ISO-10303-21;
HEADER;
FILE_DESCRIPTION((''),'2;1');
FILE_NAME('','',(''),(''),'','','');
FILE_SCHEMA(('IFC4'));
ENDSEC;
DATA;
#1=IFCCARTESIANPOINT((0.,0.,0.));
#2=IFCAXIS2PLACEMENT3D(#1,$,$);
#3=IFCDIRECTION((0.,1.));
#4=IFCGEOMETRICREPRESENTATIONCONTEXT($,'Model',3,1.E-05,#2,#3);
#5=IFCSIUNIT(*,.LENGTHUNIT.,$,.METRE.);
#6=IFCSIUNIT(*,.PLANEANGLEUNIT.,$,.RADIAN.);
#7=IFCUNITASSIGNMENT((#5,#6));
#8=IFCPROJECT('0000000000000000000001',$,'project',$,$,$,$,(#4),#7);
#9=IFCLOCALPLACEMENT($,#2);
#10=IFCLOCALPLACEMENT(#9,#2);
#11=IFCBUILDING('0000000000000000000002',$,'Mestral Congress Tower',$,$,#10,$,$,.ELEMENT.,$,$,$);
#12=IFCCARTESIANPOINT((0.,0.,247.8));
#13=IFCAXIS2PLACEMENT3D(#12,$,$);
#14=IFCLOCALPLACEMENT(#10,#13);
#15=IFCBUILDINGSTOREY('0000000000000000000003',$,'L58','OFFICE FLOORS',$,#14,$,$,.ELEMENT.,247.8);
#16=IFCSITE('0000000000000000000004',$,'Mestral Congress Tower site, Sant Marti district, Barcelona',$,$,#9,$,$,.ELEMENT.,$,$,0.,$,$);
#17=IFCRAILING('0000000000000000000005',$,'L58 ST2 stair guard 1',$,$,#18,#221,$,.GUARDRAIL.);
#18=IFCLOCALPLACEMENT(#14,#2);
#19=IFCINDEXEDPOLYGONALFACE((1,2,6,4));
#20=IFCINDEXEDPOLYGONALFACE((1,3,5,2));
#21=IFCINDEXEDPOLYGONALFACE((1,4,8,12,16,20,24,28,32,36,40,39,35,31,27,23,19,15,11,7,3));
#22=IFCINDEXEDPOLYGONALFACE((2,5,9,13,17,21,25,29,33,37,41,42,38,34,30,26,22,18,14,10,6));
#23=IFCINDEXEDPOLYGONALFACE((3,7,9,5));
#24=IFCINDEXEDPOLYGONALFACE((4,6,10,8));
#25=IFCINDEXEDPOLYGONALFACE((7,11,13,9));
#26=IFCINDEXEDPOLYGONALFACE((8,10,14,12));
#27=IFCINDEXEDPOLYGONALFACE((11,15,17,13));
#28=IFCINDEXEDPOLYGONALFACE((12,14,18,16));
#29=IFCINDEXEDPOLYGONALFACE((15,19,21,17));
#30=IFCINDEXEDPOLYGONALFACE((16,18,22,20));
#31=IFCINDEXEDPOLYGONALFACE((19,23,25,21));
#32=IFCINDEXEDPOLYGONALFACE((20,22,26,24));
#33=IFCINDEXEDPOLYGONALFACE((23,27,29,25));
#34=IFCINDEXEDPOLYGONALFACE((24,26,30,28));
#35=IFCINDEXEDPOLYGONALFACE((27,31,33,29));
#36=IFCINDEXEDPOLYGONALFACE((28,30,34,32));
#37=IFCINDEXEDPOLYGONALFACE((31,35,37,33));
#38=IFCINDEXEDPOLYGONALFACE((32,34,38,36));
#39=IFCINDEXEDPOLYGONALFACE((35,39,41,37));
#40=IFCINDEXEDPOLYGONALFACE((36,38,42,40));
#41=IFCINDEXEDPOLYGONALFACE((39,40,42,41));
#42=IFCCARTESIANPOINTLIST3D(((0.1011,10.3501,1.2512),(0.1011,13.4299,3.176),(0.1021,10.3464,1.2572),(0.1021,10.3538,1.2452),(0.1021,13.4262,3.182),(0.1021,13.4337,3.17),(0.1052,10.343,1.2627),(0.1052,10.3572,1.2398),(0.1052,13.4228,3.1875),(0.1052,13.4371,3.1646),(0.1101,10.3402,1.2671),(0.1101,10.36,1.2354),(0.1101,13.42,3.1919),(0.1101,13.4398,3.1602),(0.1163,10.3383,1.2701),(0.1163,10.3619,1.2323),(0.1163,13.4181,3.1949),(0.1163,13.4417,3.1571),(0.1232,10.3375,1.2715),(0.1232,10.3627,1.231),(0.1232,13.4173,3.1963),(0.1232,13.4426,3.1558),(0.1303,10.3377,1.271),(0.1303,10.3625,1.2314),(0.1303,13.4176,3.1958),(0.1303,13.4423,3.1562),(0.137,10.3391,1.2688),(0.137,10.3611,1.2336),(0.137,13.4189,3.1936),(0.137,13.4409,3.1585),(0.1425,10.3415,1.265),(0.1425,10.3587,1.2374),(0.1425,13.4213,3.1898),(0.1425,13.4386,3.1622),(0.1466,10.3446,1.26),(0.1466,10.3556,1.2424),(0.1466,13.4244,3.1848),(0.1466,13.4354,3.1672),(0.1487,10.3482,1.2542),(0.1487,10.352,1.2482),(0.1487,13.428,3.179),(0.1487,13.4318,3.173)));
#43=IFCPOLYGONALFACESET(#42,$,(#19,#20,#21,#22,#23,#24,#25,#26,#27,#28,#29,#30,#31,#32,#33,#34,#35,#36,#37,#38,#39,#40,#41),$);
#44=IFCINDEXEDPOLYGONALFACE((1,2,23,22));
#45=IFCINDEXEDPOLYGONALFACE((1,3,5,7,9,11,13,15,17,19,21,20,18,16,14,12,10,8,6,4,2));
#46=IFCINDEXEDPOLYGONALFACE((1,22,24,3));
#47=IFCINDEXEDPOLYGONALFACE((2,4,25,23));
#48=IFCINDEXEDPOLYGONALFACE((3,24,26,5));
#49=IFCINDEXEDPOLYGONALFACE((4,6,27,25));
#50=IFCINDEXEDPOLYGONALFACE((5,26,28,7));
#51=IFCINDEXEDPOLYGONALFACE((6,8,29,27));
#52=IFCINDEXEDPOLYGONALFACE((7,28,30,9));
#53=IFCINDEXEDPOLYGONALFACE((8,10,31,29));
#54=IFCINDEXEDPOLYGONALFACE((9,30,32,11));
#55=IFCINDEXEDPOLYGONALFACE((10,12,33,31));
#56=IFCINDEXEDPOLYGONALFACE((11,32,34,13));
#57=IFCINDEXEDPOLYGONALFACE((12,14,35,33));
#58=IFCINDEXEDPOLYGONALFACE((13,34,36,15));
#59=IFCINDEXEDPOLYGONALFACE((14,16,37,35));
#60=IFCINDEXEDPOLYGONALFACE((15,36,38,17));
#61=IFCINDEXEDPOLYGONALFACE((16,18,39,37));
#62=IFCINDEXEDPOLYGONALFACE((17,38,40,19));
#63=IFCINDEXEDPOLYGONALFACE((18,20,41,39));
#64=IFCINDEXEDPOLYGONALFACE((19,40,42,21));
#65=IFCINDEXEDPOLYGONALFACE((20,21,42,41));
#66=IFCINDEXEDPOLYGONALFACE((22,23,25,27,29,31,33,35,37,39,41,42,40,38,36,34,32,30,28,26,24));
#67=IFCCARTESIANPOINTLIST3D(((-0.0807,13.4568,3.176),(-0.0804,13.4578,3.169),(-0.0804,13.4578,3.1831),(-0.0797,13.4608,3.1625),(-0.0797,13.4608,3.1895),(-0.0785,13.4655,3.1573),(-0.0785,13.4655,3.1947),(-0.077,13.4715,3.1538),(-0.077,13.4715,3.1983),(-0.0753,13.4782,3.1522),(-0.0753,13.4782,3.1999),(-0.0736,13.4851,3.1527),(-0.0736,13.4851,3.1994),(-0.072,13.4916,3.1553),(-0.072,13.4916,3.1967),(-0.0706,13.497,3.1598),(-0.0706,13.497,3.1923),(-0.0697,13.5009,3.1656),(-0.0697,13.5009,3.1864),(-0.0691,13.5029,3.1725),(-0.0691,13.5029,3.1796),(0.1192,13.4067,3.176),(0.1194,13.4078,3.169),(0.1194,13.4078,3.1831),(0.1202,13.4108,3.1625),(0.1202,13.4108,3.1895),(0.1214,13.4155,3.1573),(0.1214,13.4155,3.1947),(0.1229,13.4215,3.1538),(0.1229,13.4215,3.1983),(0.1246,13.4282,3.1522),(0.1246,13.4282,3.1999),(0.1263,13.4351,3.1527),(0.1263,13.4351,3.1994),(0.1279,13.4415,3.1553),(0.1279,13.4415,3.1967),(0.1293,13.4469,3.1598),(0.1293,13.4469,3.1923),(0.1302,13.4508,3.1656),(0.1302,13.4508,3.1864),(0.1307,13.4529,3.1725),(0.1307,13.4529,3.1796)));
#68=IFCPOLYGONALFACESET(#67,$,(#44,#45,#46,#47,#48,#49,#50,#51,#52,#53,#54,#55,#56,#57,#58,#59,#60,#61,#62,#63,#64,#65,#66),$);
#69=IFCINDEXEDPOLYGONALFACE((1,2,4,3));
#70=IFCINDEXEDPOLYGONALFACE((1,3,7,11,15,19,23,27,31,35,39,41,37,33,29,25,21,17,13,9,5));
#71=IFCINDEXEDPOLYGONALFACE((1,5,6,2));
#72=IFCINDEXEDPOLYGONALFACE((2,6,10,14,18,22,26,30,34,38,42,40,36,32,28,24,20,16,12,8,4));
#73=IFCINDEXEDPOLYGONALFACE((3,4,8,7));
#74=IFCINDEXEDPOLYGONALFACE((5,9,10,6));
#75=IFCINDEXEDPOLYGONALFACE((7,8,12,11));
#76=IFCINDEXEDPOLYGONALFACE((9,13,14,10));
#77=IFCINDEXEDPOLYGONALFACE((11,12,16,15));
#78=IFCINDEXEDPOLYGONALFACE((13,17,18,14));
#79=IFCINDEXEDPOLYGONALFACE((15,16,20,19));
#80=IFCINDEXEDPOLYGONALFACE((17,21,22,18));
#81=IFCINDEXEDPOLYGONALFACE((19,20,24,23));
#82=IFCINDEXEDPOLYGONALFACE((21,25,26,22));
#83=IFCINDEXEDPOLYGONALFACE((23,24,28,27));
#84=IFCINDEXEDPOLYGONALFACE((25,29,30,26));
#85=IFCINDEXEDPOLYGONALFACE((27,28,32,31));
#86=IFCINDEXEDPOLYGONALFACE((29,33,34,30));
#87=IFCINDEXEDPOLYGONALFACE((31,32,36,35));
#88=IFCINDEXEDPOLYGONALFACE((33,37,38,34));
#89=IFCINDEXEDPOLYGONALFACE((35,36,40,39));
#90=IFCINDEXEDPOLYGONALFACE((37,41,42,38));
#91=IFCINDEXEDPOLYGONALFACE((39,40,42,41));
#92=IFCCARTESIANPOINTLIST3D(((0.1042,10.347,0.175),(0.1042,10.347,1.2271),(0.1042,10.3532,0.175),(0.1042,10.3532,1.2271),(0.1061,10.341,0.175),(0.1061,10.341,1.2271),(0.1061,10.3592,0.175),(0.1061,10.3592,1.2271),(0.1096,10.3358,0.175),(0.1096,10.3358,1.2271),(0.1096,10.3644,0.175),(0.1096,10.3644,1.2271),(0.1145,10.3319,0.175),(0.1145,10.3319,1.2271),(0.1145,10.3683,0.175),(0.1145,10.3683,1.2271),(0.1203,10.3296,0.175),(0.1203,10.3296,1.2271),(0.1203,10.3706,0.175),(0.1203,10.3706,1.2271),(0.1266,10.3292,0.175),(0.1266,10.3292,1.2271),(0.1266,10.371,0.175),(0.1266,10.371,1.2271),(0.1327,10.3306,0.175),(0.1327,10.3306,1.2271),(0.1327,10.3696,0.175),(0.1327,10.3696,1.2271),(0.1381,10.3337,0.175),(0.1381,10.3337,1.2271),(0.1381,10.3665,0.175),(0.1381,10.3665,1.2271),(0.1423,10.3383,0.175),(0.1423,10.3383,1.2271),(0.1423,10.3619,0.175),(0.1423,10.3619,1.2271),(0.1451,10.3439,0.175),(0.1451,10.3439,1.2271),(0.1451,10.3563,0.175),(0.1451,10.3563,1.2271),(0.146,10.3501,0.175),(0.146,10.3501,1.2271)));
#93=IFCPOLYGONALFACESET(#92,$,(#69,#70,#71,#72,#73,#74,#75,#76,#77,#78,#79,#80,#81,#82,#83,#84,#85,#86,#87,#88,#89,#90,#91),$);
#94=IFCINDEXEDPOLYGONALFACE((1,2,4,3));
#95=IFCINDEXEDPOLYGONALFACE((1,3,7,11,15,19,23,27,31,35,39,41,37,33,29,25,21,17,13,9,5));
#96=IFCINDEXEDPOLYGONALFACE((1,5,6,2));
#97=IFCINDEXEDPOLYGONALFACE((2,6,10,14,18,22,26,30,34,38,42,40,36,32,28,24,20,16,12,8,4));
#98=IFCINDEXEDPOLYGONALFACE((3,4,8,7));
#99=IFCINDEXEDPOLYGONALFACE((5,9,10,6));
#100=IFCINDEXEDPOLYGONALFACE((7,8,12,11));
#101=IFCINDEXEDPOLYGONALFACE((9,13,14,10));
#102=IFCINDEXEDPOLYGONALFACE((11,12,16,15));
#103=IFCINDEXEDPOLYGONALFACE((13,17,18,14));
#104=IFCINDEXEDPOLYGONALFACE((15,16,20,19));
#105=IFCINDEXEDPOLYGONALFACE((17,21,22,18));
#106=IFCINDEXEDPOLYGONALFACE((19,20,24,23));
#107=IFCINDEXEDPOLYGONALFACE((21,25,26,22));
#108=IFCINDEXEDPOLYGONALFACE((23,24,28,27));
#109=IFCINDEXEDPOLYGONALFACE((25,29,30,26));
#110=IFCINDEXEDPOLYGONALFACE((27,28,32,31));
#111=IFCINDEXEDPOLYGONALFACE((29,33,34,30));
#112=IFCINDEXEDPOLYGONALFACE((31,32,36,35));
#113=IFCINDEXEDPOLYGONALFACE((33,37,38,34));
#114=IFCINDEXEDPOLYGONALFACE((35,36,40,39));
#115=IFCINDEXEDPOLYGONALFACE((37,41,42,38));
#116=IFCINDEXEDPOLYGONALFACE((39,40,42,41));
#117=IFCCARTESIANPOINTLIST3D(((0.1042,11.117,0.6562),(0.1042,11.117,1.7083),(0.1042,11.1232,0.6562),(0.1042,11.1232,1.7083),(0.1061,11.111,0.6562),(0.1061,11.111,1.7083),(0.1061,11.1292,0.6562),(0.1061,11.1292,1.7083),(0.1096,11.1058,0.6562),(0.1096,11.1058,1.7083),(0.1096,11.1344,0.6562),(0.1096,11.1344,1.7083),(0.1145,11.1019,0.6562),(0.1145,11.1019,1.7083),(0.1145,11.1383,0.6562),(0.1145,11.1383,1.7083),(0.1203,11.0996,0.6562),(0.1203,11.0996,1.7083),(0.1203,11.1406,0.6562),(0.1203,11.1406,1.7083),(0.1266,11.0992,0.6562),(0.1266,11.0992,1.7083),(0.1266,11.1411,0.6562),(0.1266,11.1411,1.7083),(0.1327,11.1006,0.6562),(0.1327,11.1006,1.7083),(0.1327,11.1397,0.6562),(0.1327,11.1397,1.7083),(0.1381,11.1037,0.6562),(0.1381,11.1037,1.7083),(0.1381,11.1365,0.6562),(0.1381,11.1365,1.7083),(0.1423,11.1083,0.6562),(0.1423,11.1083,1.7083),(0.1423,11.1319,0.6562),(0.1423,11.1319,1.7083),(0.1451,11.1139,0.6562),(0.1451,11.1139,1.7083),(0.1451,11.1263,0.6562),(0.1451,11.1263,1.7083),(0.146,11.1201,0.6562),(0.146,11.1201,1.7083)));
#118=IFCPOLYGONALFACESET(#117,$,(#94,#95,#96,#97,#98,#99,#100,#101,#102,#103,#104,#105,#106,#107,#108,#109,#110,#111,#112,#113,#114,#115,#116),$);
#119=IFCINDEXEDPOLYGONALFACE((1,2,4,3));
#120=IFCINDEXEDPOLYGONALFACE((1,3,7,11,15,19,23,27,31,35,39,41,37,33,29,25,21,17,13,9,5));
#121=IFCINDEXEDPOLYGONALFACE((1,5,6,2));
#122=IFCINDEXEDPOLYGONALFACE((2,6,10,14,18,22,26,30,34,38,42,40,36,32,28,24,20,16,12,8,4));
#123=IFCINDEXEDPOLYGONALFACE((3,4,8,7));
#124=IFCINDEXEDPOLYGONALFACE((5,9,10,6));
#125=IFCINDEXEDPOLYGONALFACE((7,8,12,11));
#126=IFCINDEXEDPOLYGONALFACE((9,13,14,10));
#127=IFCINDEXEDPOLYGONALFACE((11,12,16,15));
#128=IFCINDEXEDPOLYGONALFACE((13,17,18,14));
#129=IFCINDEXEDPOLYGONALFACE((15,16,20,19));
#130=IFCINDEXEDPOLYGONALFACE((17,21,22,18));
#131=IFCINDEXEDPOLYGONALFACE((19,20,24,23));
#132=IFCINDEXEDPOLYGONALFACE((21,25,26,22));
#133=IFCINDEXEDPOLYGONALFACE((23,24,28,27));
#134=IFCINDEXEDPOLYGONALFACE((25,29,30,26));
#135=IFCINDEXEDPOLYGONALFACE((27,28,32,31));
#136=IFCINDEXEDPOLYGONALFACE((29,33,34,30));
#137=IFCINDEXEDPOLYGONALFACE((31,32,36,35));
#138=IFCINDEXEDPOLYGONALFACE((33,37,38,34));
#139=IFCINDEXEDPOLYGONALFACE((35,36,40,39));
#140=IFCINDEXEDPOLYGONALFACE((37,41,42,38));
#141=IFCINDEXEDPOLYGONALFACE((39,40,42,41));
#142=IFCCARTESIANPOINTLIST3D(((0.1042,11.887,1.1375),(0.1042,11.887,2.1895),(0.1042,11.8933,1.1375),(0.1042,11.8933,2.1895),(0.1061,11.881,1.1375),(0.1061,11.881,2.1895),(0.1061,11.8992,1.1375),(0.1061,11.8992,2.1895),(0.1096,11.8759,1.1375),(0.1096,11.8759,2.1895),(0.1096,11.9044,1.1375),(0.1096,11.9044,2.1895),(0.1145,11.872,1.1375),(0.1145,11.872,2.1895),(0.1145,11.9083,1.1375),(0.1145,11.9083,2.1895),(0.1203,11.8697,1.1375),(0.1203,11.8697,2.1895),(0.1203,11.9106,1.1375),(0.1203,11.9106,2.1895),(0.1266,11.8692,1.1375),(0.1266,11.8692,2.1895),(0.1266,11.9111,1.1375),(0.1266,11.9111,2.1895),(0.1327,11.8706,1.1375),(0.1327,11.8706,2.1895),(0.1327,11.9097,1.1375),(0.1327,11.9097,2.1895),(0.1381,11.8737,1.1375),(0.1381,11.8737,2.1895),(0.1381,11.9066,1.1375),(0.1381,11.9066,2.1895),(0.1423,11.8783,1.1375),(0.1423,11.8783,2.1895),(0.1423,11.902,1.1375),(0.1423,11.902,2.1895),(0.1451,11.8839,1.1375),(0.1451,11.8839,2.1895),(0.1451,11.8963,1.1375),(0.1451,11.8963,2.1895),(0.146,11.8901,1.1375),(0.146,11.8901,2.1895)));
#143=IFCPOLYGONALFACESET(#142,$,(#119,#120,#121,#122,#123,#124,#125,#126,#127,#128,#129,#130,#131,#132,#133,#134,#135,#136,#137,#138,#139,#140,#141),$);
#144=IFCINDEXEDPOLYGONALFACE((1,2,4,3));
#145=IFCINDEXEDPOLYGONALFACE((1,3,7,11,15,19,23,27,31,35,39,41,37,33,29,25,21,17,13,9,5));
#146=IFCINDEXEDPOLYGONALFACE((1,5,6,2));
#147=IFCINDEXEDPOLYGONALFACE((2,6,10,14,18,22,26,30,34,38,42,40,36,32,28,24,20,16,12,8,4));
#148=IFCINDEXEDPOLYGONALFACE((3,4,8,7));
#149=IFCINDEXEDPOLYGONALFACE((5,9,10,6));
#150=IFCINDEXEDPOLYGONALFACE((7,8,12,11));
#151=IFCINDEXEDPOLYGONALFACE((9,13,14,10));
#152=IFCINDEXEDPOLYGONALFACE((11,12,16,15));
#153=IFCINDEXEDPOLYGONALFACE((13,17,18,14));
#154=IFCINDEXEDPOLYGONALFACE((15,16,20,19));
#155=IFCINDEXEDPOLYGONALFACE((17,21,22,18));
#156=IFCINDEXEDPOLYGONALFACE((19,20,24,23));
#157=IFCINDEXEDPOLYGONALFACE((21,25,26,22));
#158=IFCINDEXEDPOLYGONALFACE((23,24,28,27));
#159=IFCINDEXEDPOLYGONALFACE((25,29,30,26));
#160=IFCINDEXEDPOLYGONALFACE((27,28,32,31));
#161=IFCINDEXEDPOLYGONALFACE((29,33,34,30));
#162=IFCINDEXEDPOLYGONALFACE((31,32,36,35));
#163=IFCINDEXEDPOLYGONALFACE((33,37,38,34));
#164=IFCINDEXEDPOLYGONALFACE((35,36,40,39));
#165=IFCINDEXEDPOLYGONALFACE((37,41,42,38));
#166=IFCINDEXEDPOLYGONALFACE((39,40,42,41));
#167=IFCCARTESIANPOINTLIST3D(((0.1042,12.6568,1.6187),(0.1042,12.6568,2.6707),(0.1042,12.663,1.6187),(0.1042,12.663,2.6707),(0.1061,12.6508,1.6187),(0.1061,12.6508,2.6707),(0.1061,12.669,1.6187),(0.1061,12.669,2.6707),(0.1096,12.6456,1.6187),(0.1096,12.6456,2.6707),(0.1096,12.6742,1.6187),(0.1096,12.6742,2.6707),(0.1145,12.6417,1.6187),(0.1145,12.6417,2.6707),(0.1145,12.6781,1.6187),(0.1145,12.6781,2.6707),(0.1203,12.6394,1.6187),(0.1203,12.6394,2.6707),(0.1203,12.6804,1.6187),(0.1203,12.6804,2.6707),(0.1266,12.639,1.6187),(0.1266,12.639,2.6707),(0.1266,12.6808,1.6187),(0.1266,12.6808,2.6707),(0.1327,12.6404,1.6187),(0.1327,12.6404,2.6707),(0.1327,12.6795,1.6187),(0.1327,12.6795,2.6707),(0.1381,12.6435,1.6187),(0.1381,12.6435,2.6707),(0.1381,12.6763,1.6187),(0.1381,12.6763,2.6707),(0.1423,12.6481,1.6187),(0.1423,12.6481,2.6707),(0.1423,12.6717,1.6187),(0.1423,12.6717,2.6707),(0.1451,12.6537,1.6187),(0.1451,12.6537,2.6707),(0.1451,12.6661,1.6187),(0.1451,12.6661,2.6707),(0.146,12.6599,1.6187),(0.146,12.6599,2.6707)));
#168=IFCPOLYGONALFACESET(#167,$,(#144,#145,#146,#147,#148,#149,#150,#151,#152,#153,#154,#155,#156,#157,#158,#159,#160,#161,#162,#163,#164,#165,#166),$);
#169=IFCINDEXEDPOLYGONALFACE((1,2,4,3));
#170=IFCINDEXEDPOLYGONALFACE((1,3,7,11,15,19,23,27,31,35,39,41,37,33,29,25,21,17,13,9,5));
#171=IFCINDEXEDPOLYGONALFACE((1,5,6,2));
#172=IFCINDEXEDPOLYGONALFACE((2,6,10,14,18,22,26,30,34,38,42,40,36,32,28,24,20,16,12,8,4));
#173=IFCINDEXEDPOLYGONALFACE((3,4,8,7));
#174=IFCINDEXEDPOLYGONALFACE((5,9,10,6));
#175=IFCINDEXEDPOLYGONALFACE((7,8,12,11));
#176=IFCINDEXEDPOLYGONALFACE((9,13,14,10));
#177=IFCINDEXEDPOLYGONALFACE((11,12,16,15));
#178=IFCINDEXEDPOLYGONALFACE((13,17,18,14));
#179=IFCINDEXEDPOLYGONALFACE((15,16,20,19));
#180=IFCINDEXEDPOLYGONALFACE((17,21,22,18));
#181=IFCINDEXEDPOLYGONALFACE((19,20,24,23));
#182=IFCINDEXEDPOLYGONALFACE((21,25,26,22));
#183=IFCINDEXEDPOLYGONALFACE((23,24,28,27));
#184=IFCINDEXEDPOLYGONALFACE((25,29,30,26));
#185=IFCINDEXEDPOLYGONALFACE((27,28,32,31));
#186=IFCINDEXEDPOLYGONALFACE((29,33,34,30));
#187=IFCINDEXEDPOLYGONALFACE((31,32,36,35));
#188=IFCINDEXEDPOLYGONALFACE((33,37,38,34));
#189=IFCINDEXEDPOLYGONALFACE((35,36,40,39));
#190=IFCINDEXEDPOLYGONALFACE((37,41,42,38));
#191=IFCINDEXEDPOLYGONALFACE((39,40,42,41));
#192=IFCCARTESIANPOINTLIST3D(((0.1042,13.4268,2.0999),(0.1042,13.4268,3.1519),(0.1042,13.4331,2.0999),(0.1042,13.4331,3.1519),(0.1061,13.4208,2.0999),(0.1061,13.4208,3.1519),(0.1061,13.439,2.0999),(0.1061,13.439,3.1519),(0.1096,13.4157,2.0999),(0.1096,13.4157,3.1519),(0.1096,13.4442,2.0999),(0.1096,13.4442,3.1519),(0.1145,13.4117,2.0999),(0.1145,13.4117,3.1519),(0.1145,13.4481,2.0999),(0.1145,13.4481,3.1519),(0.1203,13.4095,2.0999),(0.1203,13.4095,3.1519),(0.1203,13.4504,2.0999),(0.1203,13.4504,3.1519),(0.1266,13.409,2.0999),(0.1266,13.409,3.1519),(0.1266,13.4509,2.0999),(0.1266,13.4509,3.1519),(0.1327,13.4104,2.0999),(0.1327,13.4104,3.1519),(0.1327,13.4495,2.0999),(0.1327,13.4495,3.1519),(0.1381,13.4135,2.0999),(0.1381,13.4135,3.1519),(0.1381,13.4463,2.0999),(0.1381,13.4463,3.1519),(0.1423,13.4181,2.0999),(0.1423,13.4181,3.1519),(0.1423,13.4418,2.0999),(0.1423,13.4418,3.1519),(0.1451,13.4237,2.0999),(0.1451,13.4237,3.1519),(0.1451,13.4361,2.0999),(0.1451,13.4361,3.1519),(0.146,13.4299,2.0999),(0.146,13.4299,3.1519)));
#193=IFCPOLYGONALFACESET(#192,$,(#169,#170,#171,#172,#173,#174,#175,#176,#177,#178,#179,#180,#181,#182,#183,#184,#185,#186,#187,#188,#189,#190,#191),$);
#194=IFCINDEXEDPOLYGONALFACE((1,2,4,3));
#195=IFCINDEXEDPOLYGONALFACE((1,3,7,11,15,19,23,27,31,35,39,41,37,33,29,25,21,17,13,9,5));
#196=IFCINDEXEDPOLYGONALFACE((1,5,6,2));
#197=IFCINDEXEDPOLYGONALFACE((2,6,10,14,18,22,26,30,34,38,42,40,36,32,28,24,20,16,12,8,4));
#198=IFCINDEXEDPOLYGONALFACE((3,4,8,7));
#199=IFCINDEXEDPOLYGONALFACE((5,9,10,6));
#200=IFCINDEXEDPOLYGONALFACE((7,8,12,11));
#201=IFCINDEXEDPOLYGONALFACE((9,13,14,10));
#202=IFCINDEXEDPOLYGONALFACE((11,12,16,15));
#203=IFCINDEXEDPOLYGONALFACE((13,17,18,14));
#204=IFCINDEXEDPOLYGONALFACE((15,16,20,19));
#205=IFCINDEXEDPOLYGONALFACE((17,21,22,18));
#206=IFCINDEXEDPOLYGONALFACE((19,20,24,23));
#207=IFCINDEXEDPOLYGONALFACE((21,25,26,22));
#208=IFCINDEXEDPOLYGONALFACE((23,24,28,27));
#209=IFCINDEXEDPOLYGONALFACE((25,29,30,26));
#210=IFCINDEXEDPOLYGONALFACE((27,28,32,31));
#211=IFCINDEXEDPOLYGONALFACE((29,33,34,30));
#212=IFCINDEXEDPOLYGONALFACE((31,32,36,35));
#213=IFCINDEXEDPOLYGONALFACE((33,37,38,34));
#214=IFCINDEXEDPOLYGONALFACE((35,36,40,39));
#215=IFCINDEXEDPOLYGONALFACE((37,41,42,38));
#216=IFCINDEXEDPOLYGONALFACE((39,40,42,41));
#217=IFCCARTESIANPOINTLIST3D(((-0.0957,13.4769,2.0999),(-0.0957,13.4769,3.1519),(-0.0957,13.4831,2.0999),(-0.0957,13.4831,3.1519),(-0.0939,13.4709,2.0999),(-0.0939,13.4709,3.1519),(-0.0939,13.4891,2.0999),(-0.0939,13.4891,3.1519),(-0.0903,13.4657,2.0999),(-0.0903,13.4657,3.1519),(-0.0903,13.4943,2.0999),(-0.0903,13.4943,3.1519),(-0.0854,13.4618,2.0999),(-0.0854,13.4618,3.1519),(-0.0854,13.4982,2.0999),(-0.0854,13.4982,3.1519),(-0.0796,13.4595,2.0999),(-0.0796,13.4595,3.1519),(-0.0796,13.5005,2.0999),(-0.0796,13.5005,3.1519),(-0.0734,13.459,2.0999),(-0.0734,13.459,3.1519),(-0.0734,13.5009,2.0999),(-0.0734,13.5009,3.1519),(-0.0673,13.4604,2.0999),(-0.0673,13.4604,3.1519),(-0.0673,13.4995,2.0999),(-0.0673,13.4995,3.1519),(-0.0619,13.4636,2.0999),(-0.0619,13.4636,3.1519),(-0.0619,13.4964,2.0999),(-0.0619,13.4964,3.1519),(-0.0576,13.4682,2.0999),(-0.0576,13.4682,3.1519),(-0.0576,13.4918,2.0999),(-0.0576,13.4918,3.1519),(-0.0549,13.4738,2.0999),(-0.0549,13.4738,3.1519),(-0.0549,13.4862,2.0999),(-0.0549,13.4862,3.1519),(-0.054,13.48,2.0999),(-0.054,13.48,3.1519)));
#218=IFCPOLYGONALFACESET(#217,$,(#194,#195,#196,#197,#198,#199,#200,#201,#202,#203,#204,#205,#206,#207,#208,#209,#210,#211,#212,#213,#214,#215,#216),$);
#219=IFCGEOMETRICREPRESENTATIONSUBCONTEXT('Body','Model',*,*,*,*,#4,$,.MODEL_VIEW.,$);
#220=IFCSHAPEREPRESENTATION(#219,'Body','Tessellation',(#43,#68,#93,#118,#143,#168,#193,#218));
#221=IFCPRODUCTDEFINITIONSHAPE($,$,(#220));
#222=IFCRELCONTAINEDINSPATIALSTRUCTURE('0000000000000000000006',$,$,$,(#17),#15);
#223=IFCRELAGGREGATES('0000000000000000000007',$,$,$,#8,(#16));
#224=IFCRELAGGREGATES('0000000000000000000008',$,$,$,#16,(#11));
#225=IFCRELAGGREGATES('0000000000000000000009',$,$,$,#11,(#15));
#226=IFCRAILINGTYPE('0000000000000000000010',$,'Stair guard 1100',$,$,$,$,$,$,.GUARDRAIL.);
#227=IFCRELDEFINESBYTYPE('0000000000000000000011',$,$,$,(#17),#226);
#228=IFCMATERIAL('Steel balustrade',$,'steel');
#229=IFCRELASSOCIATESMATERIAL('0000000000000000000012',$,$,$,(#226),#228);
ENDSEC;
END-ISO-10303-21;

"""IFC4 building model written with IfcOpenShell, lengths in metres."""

from ifc_helpers import new_model, si_unit, direction, frame, origin, origin_2d, place, context, subcontext, project, spatial, circle, extrude, material, type_object, element, save


model = new_model("IFC4")

# Units and contexts
model_context = context("Model", 3, precision=1e-05, world=origin(), true_north=direction((0.0, 1.0)))
body_context = subcontext(model_context, "Body", "Model", "MODEL_VIEW")
ifc_project = project(units=[si_unit("LENGTHUNIT", "METRE"), si_unit("PLANEANGLEUNIT", "RADIAN")], contexts=[model_context])

# Site, building, storey
site_placement = place(None, origin())
site = spatial("IfcSite", under=ifc_project, at=site_placement, Name="Mestral Congress Tower site, Sant Marti district, Barcelona", CompositionType="ELEMENT", RefElevation=0.0)
building_placement = place(site_placement, origin())
building = spatial("IfcBuilding", under=site, at=building_placement, Name="Mestral Congress Tower", CompositionType="ELEMENT")
storey_placement = place(building_placement, frame((0.0, 0.0, 247.8)))
storey = spatial("IfcBuildingStorey", under=building, at=storey_placement, Name="L58", Description="OFFICE FLOORS", CompositionType="ELEMENT", Elevation=247.8)

# Railing
ifc_material_1 = material(Name="Steel balustrade", Category="steel")
railing_type_1 = type_object("IfcRailingType", Name="Stair guard 1100", PredefinedType="GUARDRAIL", material=ifc_material_1)
railing_1_placement = place(storey_placement, frame((0.125, 10.3501, 0.175)))
element("IfcRailing", 1, at=railing_1_placement, inside=storey, type_object=railing_type_1, Name="L58 ST2 stair guard 1", PredefinedType="GUARDRAIL", context=body_context, shape_type="SweptSolid", body=[
    extrude(circle(Radius=0.0239, at=origin_2d()), frame((0.0, 0.0, 1.0762), z_axis=(0.0, 0.84801, 0.529981), x_axis=(-1.0, 0.0, 0.0)), (0.0, 0.0, 1.0), 3.6318),
    extrude(circle(Radius=0.0239, at=origin_2d()), frame((0.0, 3.0798, 3.001), z_axis=(-0.970073, 0.242814, 0.0), x_axis=(-0.242814, -0.970073, 0.0)), (0.0, 0.0, 1.0), 0.2061),
    extrude(circle(Radius=0.021, at=origin_2d()), origin(), (0.0, 0.0, 1.0), 1.052),
    extrude(circle(Radius=0.021, at=origin_2d()), frame((0.0, 0.77, 0.4812)), (0.0, 0.0, 1.0), 1.052),
    extrude(circle(Radius=0.021, at=origin_2d()), frame((0.0, 1.54, 0.9624)), (0.0, 0.0, 1.0), 1.052),
    extrude(circle(Radius=0.021, at=origin_2d()), frame((0.0, 2.3098, 1.4436)), (0.0, 0.0, 1.0), 1.052),
    extrude(circle(Radius=0.021, at=origin_2d()), frame((0.0, 3.0798, 1.9248)), (0.0, 0.0, 1.0), 1.052),
    extrude(circle(Radius=0.021, at=origin_2d()), frame((-0.2, 3.1299, 1.9248)), (0.0, 0.0, 1.0), 1.052),
])

save(model, "model.ifc")
